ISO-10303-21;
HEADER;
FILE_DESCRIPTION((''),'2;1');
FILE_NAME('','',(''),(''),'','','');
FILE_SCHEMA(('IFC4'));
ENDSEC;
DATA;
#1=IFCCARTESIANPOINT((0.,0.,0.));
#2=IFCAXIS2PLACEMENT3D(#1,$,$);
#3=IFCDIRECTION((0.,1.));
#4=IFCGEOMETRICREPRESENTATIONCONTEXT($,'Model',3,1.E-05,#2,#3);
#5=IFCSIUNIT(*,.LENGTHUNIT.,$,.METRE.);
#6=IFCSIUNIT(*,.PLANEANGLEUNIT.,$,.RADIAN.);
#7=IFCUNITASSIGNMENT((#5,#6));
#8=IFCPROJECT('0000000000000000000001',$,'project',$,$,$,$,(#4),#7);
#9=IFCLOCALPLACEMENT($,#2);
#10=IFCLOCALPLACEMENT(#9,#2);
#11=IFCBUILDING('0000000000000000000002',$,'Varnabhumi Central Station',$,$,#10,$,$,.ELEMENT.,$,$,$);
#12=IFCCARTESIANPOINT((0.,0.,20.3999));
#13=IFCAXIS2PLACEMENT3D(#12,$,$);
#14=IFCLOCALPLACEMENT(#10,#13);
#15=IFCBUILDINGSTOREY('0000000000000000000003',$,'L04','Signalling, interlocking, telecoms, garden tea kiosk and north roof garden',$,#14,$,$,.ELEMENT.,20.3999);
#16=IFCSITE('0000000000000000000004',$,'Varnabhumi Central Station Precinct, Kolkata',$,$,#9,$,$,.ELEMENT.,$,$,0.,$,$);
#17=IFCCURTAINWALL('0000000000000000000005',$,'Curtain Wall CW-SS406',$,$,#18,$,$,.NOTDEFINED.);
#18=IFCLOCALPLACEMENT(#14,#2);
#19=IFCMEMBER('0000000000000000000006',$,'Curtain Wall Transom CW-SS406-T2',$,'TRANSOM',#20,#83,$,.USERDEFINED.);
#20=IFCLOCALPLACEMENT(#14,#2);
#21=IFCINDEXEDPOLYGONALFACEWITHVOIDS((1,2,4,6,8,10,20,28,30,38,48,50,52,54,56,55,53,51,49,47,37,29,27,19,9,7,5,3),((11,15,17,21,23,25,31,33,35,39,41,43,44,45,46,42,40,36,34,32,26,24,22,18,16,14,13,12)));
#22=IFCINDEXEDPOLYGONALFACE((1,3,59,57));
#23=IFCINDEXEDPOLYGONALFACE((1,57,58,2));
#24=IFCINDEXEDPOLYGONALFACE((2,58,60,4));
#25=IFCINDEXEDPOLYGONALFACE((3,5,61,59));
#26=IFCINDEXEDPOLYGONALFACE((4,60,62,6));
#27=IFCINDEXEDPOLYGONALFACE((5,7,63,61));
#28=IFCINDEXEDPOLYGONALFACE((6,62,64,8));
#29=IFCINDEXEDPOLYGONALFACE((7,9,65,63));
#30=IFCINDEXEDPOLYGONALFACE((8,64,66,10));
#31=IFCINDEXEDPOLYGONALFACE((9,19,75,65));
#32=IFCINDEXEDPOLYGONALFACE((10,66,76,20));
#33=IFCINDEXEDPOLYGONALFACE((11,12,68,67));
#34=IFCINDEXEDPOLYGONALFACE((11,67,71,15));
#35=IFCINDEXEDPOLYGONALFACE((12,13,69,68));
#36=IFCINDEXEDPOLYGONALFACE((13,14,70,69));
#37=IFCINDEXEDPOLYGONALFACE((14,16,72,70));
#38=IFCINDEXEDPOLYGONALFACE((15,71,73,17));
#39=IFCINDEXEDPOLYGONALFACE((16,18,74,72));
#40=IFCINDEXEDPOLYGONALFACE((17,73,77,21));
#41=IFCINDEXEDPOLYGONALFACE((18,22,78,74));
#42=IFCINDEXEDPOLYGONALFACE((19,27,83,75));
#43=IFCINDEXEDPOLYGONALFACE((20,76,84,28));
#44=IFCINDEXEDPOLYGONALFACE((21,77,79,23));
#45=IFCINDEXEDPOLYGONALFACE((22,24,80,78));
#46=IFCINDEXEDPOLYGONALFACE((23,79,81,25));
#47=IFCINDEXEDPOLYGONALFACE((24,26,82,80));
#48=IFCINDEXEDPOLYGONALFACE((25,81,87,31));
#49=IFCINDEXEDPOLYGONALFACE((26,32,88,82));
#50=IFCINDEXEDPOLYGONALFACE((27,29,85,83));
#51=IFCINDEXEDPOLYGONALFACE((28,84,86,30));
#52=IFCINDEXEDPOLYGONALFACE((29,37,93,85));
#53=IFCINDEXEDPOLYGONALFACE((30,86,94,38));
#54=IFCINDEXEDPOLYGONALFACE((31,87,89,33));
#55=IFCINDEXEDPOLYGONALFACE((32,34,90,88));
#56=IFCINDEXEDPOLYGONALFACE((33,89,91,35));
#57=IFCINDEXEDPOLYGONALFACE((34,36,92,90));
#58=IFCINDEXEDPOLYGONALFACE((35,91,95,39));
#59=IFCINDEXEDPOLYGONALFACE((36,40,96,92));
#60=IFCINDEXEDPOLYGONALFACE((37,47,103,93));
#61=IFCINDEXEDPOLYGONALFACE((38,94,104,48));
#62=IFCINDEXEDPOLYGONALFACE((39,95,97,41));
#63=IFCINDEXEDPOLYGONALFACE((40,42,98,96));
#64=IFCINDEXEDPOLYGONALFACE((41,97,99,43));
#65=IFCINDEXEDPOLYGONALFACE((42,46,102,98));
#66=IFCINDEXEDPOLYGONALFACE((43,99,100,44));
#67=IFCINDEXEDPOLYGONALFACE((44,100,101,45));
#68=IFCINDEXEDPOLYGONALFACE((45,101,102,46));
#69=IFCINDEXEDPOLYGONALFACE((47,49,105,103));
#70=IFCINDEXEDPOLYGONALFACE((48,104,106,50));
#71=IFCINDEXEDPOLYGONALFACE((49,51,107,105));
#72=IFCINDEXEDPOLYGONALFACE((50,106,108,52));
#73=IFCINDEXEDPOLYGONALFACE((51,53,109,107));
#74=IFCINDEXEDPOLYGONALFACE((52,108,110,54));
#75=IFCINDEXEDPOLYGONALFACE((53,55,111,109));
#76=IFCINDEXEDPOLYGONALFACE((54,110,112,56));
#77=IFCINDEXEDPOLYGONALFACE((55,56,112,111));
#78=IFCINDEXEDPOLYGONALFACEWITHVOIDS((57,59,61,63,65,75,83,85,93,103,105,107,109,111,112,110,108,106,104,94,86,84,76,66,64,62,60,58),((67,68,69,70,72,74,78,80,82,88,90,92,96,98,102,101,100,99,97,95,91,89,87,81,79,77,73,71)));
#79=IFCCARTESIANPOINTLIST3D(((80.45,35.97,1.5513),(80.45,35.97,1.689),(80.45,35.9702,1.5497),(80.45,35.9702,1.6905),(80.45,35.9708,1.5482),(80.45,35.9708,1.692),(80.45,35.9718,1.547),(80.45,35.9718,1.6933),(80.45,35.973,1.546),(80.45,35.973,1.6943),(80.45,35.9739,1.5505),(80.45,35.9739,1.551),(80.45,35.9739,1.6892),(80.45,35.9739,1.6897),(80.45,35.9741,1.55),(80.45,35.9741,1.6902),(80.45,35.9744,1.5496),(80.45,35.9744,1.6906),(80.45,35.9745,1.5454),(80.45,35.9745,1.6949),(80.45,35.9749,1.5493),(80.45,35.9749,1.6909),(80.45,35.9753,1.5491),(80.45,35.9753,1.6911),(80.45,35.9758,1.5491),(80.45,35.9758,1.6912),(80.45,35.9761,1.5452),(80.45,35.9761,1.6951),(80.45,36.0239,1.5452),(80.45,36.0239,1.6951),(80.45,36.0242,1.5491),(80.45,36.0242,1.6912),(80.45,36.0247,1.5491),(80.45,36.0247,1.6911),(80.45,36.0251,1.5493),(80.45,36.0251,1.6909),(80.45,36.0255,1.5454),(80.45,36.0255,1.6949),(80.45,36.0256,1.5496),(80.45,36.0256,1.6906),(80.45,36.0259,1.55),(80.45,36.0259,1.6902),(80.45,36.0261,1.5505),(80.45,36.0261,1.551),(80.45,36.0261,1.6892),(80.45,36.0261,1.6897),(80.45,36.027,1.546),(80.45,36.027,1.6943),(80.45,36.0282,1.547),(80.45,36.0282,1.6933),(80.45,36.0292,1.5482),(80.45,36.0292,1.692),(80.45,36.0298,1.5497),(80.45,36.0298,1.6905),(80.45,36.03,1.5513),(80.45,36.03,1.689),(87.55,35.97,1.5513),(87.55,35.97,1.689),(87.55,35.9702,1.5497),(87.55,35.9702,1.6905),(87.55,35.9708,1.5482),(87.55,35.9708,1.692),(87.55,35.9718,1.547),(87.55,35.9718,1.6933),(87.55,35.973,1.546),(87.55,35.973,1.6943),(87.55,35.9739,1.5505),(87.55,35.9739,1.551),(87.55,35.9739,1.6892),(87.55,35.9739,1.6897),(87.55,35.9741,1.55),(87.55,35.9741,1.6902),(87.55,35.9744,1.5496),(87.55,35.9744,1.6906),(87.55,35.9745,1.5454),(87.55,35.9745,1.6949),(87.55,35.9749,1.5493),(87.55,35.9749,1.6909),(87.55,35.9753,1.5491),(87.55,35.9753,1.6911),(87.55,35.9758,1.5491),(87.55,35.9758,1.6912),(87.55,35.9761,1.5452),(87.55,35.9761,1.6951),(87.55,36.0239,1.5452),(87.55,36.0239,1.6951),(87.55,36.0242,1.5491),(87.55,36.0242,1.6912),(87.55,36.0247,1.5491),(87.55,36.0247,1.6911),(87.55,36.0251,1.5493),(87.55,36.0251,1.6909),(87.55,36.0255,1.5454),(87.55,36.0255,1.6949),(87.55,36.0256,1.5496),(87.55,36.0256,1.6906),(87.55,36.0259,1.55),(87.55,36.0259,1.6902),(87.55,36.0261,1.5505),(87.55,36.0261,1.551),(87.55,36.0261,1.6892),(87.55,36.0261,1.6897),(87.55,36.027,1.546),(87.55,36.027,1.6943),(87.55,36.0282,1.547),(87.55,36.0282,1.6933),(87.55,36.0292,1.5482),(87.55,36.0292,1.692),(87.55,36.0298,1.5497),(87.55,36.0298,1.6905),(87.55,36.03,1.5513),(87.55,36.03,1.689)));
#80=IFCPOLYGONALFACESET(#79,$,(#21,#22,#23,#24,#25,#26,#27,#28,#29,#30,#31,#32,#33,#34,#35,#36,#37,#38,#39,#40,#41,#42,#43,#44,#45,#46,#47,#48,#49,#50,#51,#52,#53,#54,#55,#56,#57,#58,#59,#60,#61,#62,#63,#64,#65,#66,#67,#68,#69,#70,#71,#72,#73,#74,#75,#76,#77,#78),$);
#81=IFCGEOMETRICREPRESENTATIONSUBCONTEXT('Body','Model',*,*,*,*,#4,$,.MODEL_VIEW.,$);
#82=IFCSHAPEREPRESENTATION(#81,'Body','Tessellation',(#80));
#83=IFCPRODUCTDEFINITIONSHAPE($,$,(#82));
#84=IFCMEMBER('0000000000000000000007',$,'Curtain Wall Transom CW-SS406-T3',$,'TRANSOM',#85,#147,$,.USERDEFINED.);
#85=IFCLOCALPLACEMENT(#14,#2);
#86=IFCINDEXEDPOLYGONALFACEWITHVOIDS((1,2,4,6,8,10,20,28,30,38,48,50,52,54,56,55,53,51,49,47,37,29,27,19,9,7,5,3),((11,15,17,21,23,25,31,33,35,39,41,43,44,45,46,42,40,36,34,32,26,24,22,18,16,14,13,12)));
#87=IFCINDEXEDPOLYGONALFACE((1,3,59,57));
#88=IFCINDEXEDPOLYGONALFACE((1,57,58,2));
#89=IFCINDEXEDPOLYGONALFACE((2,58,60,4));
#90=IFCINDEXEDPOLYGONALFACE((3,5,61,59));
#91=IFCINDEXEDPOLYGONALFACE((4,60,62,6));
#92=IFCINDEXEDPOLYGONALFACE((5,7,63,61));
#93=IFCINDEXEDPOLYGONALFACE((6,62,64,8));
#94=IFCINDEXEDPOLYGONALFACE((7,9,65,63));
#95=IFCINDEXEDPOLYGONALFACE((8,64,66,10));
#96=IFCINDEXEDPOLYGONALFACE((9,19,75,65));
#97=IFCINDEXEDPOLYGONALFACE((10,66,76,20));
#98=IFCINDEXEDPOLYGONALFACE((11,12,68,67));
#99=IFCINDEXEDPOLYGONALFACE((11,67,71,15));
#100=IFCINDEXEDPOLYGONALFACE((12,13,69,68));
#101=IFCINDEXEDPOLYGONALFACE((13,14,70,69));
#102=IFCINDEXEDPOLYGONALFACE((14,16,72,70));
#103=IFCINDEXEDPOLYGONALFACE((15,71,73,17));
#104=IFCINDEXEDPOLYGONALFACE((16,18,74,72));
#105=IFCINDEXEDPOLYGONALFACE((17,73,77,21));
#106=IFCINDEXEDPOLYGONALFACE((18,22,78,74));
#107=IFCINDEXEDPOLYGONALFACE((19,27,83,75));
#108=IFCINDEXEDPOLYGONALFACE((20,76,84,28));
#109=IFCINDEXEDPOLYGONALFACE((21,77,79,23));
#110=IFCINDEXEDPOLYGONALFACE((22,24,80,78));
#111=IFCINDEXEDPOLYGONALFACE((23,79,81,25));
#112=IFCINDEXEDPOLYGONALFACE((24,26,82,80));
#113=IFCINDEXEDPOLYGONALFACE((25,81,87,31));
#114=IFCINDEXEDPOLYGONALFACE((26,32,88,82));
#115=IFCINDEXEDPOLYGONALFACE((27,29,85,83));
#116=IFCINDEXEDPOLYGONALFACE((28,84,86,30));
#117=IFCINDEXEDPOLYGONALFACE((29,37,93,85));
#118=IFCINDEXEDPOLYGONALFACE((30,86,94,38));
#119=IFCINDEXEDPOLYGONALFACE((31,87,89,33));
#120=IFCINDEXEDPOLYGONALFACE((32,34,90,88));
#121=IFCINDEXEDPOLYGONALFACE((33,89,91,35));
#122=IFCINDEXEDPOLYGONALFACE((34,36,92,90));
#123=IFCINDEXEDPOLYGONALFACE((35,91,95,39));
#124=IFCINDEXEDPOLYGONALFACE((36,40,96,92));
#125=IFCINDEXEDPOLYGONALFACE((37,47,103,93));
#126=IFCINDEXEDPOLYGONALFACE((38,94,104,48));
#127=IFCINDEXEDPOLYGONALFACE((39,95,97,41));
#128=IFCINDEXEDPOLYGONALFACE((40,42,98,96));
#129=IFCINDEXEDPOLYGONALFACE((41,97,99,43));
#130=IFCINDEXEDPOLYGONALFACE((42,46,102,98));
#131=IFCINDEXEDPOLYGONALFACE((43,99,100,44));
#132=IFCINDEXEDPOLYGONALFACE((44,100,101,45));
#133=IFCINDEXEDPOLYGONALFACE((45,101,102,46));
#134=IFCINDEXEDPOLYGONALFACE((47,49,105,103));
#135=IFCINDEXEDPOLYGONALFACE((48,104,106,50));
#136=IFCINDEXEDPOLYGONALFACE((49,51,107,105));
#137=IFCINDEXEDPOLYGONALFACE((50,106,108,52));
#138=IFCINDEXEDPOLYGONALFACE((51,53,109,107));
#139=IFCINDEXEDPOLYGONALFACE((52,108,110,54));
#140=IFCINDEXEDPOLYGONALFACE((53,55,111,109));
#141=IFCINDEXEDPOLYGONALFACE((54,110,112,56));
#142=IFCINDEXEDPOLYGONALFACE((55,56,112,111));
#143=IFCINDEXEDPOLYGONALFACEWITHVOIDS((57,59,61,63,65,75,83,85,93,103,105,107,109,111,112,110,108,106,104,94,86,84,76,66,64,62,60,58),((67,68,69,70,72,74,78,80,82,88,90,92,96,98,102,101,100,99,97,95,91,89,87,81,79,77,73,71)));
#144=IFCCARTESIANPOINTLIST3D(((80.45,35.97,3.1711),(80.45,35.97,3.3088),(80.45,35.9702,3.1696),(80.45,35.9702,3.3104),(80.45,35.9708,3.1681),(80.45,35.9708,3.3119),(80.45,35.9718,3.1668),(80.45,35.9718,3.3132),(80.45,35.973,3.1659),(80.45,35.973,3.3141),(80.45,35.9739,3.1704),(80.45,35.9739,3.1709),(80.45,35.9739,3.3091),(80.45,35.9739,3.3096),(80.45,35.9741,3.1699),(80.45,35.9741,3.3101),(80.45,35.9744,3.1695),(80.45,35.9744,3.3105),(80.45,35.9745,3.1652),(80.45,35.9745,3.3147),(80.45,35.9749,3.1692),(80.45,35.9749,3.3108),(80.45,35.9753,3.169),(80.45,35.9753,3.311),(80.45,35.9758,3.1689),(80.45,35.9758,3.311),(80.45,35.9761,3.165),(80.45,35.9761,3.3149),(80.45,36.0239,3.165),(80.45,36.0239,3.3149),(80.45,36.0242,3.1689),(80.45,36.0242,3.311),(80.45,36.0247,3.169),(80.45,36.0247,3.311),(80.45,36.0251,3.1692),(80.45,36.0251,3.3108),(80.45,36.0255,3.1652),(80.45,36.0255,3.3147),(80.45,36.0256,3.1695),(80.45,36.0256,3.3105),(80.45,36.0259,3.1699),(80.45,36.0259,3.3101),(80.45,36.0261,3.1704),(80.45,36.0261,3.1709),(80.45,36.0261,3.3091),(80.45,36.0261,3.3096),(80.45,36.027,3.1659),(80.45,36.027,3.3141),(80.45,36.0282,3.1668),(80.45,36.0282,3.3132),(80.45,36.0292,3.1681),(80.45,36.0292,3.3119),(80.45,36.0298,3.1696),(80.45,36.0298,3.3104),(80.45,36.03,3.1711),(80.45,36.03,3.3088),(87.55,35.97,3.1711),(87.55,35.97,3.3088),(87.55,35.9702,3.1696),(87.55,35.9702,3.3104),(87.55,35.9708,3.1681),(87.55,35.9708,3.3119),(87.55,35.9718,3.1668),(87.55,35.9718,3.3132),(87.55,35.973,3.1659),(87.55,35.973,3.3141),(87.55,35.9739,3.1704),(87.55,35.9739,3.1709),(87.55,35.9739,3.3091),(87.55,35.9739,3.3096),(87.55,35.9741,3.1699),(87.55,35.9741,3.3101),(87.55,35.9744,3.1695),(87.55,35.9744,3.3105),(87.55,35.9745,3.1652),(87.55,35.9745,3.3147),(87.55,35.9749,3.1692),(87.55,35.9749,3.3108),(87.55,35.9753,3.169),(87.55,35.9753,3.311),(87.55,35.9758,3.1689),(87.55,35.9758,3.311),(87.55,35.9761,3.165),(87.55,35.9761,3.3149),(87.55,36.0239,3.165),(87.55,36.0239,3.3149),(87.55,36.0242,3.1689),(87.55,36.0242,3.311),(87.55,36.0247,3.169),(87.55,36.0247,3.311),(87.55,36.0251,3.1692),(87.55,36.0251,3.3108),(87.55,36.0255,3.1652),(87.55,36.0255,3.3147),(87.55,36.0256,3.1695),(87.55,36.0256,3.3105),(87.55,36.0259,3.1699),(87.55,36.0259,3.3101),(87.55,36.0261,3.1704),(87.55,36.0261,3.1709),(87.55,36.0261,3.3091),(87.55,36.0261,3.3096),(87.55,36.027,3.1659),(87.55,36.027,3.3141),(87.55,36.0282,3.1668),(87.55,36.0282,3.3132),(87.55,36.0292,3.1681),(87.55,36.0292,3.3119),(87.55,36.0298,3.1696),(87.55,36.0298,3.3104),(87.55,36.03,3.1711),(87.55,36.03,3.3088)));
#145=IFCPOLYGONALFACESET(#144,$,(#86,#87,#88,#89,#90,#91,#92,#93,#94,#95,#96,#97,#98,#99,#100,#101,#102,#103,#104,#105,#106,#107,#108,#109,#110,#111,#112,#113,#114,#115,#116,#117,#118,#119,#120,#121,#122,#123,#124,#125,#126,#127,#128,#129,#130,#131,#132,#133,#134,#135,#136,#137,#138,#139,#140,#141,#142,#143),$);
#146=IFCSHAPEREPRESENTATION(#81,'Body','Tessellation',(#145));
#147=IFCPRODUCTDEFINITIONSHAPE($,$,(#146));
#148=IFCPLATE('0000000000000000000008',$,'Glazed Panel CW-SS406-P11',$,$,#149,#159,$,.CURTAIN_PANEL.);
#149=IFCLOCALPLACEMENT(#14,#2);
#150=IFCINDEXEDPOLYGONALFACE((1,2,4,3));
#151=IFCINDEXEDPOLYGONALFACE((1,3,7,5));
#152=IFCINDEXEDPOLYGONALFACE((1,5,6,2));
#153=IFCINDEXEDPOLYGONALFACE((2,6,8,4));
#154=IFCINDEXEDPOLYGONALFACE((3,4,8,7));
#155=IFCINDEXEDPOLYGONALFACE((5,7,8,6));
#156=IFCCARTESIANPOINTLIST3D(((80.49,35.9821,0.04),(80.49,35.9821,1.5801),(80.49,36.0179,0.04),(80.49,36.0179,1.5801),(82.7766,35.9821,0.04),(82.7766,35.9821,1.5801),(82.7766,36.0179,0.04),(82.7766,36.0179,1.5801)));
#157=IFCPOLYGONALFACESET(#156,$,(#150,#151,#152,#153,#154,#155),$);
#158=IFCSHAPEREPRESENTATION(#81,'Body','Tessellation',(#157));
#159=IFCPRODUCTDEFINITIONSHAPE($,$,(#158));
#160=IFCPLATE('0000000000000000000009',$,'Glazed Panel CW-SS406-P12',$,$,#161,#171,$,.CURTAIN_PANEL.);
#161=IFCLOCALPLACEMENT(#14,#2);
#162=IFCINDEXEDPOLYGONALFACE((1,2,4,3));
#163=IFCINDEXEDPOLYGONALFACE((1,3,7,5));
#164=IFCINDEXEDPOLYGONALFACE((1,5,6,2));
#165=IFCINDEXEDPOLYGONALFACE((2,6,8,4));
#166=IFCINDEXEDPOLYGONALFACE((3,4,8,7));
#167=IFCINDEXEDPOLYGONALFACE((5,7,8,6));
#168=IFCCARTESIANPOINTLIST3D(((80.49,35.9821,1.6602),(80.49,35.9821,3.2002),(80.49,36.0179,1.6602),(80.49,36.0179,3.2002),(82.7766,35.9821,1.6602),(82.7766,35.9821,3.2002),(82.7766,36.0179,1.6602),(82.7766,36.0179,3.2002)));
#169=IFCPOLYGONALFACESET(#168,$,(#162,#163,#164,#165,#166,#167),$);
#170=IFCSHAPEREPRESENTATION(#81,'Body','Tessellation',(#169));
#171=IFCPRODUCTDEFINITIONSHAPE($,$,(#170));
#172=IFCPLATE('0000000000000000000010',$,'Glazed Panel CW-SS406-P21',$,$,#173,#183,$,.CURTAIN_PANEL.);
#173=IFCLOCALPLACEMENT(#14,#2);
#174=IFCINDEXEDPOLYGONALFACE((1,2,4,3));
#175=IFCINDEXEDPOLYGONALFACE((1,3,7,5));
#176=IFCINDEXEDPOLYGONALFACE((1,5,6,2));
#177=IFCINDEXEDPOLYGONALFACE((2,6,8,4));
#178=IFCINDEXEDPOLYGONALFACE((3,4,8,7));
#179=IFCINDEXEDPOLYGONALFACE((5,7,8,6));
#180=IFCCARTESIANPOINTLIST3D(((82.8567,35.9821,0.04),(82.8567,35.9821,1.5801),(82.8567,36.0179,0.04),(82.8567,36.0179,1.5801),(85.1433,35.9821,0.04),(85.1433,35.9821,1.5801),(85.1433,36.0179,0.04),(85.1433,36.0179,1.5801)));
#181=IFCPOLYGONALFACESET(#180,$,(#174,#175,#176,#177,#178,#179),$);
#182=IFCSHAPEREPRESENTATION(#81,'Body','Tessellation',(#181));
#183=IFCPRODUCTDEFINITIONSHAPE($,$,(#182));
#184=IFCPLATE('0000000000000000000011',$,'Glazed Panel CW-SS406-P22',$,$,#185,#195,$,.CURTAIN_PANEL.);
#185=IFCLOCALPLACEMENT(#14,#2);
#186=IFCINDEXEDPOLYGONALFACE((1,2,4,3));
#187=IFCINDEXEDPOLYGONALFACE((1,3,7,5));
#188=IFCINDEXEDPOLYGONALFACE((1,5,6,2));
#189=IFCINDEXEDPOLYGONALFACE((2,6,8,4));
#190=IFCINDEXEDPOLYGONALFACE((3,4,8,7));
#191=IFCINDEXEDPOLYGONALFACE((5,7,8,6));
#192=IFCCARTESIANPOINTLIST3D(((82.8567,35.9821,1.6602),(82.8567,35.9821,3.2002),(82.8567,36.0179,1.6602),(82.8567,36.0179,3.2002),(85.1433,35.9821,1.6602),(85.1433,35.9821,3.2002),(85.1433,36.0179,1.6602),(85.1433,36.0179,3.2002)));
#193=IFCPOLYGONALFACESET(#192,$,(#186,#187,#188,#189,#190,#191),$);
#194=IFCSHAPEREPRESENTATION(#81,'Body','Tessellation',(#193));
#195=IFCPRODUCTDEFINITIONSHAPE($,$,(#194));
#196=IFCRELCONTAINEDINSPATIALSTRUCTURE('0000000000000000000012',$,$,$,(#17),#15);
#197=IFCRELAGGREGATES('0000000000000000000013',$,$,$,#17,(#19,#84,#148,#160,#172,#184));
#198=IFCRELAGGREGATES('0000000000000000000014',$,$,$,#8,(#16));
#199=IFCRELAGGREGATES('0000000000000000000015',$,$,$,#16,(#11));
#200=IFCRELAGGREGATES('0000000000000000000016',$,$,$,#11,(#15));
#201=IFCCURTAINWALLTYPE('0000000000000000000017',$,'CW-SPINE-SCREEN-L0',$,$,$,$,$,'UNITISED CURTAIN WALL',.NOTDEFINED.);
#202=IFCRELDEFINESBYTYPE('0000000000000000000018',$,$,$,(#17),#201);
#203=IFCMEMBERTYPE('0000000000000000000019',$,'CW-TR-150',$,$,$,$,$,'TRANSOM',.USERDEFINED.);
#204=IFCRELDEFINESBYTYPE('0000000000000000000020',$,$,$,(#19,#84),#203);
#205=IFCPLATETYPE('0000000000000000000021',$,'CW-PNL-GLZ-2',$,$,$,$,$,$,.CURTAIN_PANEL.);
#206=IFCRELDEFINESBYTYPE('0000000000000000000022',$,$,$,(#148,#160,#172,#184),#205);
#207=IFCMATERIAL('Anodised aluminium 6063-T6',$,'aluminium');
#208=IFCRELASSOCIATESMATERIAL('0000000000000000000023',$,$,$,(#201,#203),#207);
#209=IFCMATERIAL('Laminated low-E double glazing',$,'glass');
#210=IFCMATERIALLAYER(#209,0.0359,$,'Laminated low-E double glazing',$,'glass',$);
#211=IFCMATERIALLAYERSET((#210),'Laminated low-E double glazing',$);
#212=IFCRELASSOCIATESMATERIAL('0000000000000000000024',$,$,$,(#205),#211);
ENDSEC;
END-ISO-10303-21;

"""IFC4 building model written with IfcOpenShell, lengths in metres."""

from ifc_helpers import new_model, si_unit, direction, frame, origin, origin_2d, place, context, subcontext, project, spatial, rectangle, hollow_rectangle, extrude, material, layer, layer_set, material_profile, profile_set, type_object, element, aggregate, save


model = new_model("IFC4")

# Units and contexts
model_context = context("Model", 3, precision=1e-05, world=origin(), true_north=direction((0.0, 1.0)))
body_context = subcontext(model_context, "Body", "Model", "MODEL_VIEW")
ifc_project = project(units=[si_unit("LENGTHUNIT", "METRE"), si_unit("PLANEANGLEUNIT", "RADIAN")], contexts=[model_context])

# Site, building, storey
site_placement = place(None, origin())
site = spatial("IfcSite", under=ifc_project, at=site_placement, Name="Varnabhumi Central Station Precinct, Kolkata", CompositionType="ELEMENT", RefElevation=0.0)
building_placement = place(site_placement, origin())
building = spatial("IfcBuilding", under=site, at=building_placement, Name="Varnabhumi Central Station", CompositionType="ELEMENT")
storey_placement = place(building_placement, frame((0.0, 0.0, 20.3999)))
storey = spatial("IfcBuildingStorey", under=building, at=storey_placement, Name="L04", Description="Signalling, interlocking, telecoms, garden tea kiosk and north roof garden", CompositionType="ELEMENT", Elevation=20.3999)

# Curtain wall, members, plates
ifc_material_1 = material(Name="Anodised aluminium 6063-T6", Category="aluminium")
curtain_wall_type = type_object("IfcCurtainWallType", Name="CW-SPINE-SCREEN-L0", ElementType="UNITISED CURTAIN WALL", PredefinedType="NOTDEFINED", material=ifc_material_1)
curtain_wall_placement = place(storey_placement, origin())
curtain_wall = element("IfcCurtainWall", 1, at=curtain_wall_placement, inside=storey, type_object=curtain_wall_type, Name="Curtain Wall CW-SS406", PredefinedType="NOTDEFINED")
ifc_material_profile_1 = material_profile(ifc_material_1, hollow_rectangle(XDim=0.0601, YDim=0.1499, WallThickness=0.0039, InnerFilletRadius=0.002, OuterFilletRadius=0.0061, at=origin_2d()), Name="Anodised aluminium 6063-T6", Category="aluminium")
ifc_profile_set_1 = profile_set([ifc_material_profile_1], Name="Anodised aluminium 6063-T6")
member_type_1 = type_object("IfcMemberType", Name="CW-TR-150", ElementType="TRANSOM", PredefinedType="USERDEFINED", material=ifc_profile_set_1)
member_1_placement = place(storey_placement, frame((80.45, 36.0, 1.6201), z_axis=(1.0, 0.0, 0.0), x_axis=(0.0, 1.0, 0.0)))
member_1 = element("IfcMember", 2, at=member_1_placement, type_object=member_type_1, Name="Curtain Wall Transom CW-SS406-T2", ObjectType="TRANSOM", PredefinedType="USERDEFINED", context=body_context, shape_type="SweptSolid", body=[
    extrude(hollow_rectangle(XDim=0.0601, YDim=0.1499, WallThickness=0.0039, InnerFilletRadius=0.002, OuterFilletRadius=0.0061, at=origin_2d()), origin(), (0.0, 0.0, 1.0), 7.1001),
])
member_2_placement = place(storey_placement, frame((80.45, 36.0, 3.24), z_axis=(1.0, 0.0, 0.0), x_axis=(0.0, 1.0, 0.0)))
member_2 = element("IfcMember", 3, at=member_2_placement, type_object=member_type_1, Name="Curtain Wall Transom CW-SS406-T3", ObjectType="TRANSOM", PredefinedType="USERDEFINED", context=body_context, shape_type="SweptSolid", body=[
    extrude(hollow_rectangle(XDim=0.0601, YDim=0.1499, WallThickness=0.0039, InnerFilletRadius=0.002, OuterFilletRadius=0.0061, at=origin_2d()), origin(), (0.0, 0.0, 1.0), 7.1001),
])
ifc_material_2 = material(Name="Laminated low-E double glazing", Category="glass")
ifc_layer_1 = layer(ifc_material_2, 0.0359, Name="Laminated low-E double glazing", Category="glass")
ifc_layer_set_1 = layer_set([ifc_layer_1], Name="Laminated low-E double glazing")
plate_type = type_object("IfcPlateType", Name="CW-PNL-GLZ-2", PredefinedType="CURTAIN_PANEL", material=ifc_layer_set_1)
plate_1_placement = place(storey_placement, frame((81.6333, 36.0, 0.04), z_axis=(0.0, 0.0, 1.0), x_axis=(1.0, 0.0, 0.0)))
plate_1 = element("IfcPlate", 4, at=plate_1_placement, type_object=plate_type, Name="Glazed Panel CW-SS406-P11", PredefinedType="CURTAIN_PANEL", context=body_context, shape_type="SweptSolid", body=[
    extrude(rectangle(XDim=2.2866, YDim=0.0359, at=origin_2d()), origin(), (0.0, 0.0, 1.0), 1.54),
])
plate_2_placement = place(storey_placement, frame((81.6333, 36.0, 1.6602), z_axis=(0.0, 0.0, 1.0), x_axis=(1.0, 0.0, 0.0)))
plate_2 = element("IfcPlate", 5, at=plate_2_placement, type_object=plate_type, Name="Glazed Panel CW-SS406-P12", PredefinedType="CURTAIN_PANEL", context=body_context, shape_type="SweptSolid", body=[
    extrude(rectangle(XDim=2.2866, YDim=0.0359, at=origin_2d()), origin(), (0.0, 0.0, 1.0), 1.54),
])
plate_3_placement = place(storey_placement, frame((84.0, 36.0, 0.04), z_axis=(0.0, 0.0, 1.0), x_axis=(1.0, 0.0, 0.0)))
plate_3 = element("IfcPlate", 6, at=plate_3_placement, type_object=plate_type, Name="Glazed Panel CW-SS406-P21", PredefinedType="CURTAIN_PANEL", context=body_context, shape_type="SweptSolid", body=[
    extrude(rectangle(XDim=2.2866, YDim=0.0359, at=origin_2d()), origin(), (0.0, 0.0, 1.0), 1.54),
])
plate_4_placement = place(storey_placement, frame((84.0, 36.0, 1.6602), z_axis=(0.0, 0.0, 1.0), x_axis=(1.0, 0.0, 0.0)))
plate_4 = element("IfcPlate", 7, at=plate_4_placement, type_object=plate_type, Name="Glazed Panel CW-SS406-P22", PredefinedType="CURTAIN_PANEL", context=body_context, shape_type="SweptSolid", body=[
    extrude(rectangle(XDim=2.2866, YDim=0.0359, at=origin_2d()), origin(), (0.0, 0.0, 1.0), 1.54),
])
aggregate(curtain_wall, [member_1, member_2, plate_1, plate_2, plate_3, plate_4])

save(model, "model.ifc")
